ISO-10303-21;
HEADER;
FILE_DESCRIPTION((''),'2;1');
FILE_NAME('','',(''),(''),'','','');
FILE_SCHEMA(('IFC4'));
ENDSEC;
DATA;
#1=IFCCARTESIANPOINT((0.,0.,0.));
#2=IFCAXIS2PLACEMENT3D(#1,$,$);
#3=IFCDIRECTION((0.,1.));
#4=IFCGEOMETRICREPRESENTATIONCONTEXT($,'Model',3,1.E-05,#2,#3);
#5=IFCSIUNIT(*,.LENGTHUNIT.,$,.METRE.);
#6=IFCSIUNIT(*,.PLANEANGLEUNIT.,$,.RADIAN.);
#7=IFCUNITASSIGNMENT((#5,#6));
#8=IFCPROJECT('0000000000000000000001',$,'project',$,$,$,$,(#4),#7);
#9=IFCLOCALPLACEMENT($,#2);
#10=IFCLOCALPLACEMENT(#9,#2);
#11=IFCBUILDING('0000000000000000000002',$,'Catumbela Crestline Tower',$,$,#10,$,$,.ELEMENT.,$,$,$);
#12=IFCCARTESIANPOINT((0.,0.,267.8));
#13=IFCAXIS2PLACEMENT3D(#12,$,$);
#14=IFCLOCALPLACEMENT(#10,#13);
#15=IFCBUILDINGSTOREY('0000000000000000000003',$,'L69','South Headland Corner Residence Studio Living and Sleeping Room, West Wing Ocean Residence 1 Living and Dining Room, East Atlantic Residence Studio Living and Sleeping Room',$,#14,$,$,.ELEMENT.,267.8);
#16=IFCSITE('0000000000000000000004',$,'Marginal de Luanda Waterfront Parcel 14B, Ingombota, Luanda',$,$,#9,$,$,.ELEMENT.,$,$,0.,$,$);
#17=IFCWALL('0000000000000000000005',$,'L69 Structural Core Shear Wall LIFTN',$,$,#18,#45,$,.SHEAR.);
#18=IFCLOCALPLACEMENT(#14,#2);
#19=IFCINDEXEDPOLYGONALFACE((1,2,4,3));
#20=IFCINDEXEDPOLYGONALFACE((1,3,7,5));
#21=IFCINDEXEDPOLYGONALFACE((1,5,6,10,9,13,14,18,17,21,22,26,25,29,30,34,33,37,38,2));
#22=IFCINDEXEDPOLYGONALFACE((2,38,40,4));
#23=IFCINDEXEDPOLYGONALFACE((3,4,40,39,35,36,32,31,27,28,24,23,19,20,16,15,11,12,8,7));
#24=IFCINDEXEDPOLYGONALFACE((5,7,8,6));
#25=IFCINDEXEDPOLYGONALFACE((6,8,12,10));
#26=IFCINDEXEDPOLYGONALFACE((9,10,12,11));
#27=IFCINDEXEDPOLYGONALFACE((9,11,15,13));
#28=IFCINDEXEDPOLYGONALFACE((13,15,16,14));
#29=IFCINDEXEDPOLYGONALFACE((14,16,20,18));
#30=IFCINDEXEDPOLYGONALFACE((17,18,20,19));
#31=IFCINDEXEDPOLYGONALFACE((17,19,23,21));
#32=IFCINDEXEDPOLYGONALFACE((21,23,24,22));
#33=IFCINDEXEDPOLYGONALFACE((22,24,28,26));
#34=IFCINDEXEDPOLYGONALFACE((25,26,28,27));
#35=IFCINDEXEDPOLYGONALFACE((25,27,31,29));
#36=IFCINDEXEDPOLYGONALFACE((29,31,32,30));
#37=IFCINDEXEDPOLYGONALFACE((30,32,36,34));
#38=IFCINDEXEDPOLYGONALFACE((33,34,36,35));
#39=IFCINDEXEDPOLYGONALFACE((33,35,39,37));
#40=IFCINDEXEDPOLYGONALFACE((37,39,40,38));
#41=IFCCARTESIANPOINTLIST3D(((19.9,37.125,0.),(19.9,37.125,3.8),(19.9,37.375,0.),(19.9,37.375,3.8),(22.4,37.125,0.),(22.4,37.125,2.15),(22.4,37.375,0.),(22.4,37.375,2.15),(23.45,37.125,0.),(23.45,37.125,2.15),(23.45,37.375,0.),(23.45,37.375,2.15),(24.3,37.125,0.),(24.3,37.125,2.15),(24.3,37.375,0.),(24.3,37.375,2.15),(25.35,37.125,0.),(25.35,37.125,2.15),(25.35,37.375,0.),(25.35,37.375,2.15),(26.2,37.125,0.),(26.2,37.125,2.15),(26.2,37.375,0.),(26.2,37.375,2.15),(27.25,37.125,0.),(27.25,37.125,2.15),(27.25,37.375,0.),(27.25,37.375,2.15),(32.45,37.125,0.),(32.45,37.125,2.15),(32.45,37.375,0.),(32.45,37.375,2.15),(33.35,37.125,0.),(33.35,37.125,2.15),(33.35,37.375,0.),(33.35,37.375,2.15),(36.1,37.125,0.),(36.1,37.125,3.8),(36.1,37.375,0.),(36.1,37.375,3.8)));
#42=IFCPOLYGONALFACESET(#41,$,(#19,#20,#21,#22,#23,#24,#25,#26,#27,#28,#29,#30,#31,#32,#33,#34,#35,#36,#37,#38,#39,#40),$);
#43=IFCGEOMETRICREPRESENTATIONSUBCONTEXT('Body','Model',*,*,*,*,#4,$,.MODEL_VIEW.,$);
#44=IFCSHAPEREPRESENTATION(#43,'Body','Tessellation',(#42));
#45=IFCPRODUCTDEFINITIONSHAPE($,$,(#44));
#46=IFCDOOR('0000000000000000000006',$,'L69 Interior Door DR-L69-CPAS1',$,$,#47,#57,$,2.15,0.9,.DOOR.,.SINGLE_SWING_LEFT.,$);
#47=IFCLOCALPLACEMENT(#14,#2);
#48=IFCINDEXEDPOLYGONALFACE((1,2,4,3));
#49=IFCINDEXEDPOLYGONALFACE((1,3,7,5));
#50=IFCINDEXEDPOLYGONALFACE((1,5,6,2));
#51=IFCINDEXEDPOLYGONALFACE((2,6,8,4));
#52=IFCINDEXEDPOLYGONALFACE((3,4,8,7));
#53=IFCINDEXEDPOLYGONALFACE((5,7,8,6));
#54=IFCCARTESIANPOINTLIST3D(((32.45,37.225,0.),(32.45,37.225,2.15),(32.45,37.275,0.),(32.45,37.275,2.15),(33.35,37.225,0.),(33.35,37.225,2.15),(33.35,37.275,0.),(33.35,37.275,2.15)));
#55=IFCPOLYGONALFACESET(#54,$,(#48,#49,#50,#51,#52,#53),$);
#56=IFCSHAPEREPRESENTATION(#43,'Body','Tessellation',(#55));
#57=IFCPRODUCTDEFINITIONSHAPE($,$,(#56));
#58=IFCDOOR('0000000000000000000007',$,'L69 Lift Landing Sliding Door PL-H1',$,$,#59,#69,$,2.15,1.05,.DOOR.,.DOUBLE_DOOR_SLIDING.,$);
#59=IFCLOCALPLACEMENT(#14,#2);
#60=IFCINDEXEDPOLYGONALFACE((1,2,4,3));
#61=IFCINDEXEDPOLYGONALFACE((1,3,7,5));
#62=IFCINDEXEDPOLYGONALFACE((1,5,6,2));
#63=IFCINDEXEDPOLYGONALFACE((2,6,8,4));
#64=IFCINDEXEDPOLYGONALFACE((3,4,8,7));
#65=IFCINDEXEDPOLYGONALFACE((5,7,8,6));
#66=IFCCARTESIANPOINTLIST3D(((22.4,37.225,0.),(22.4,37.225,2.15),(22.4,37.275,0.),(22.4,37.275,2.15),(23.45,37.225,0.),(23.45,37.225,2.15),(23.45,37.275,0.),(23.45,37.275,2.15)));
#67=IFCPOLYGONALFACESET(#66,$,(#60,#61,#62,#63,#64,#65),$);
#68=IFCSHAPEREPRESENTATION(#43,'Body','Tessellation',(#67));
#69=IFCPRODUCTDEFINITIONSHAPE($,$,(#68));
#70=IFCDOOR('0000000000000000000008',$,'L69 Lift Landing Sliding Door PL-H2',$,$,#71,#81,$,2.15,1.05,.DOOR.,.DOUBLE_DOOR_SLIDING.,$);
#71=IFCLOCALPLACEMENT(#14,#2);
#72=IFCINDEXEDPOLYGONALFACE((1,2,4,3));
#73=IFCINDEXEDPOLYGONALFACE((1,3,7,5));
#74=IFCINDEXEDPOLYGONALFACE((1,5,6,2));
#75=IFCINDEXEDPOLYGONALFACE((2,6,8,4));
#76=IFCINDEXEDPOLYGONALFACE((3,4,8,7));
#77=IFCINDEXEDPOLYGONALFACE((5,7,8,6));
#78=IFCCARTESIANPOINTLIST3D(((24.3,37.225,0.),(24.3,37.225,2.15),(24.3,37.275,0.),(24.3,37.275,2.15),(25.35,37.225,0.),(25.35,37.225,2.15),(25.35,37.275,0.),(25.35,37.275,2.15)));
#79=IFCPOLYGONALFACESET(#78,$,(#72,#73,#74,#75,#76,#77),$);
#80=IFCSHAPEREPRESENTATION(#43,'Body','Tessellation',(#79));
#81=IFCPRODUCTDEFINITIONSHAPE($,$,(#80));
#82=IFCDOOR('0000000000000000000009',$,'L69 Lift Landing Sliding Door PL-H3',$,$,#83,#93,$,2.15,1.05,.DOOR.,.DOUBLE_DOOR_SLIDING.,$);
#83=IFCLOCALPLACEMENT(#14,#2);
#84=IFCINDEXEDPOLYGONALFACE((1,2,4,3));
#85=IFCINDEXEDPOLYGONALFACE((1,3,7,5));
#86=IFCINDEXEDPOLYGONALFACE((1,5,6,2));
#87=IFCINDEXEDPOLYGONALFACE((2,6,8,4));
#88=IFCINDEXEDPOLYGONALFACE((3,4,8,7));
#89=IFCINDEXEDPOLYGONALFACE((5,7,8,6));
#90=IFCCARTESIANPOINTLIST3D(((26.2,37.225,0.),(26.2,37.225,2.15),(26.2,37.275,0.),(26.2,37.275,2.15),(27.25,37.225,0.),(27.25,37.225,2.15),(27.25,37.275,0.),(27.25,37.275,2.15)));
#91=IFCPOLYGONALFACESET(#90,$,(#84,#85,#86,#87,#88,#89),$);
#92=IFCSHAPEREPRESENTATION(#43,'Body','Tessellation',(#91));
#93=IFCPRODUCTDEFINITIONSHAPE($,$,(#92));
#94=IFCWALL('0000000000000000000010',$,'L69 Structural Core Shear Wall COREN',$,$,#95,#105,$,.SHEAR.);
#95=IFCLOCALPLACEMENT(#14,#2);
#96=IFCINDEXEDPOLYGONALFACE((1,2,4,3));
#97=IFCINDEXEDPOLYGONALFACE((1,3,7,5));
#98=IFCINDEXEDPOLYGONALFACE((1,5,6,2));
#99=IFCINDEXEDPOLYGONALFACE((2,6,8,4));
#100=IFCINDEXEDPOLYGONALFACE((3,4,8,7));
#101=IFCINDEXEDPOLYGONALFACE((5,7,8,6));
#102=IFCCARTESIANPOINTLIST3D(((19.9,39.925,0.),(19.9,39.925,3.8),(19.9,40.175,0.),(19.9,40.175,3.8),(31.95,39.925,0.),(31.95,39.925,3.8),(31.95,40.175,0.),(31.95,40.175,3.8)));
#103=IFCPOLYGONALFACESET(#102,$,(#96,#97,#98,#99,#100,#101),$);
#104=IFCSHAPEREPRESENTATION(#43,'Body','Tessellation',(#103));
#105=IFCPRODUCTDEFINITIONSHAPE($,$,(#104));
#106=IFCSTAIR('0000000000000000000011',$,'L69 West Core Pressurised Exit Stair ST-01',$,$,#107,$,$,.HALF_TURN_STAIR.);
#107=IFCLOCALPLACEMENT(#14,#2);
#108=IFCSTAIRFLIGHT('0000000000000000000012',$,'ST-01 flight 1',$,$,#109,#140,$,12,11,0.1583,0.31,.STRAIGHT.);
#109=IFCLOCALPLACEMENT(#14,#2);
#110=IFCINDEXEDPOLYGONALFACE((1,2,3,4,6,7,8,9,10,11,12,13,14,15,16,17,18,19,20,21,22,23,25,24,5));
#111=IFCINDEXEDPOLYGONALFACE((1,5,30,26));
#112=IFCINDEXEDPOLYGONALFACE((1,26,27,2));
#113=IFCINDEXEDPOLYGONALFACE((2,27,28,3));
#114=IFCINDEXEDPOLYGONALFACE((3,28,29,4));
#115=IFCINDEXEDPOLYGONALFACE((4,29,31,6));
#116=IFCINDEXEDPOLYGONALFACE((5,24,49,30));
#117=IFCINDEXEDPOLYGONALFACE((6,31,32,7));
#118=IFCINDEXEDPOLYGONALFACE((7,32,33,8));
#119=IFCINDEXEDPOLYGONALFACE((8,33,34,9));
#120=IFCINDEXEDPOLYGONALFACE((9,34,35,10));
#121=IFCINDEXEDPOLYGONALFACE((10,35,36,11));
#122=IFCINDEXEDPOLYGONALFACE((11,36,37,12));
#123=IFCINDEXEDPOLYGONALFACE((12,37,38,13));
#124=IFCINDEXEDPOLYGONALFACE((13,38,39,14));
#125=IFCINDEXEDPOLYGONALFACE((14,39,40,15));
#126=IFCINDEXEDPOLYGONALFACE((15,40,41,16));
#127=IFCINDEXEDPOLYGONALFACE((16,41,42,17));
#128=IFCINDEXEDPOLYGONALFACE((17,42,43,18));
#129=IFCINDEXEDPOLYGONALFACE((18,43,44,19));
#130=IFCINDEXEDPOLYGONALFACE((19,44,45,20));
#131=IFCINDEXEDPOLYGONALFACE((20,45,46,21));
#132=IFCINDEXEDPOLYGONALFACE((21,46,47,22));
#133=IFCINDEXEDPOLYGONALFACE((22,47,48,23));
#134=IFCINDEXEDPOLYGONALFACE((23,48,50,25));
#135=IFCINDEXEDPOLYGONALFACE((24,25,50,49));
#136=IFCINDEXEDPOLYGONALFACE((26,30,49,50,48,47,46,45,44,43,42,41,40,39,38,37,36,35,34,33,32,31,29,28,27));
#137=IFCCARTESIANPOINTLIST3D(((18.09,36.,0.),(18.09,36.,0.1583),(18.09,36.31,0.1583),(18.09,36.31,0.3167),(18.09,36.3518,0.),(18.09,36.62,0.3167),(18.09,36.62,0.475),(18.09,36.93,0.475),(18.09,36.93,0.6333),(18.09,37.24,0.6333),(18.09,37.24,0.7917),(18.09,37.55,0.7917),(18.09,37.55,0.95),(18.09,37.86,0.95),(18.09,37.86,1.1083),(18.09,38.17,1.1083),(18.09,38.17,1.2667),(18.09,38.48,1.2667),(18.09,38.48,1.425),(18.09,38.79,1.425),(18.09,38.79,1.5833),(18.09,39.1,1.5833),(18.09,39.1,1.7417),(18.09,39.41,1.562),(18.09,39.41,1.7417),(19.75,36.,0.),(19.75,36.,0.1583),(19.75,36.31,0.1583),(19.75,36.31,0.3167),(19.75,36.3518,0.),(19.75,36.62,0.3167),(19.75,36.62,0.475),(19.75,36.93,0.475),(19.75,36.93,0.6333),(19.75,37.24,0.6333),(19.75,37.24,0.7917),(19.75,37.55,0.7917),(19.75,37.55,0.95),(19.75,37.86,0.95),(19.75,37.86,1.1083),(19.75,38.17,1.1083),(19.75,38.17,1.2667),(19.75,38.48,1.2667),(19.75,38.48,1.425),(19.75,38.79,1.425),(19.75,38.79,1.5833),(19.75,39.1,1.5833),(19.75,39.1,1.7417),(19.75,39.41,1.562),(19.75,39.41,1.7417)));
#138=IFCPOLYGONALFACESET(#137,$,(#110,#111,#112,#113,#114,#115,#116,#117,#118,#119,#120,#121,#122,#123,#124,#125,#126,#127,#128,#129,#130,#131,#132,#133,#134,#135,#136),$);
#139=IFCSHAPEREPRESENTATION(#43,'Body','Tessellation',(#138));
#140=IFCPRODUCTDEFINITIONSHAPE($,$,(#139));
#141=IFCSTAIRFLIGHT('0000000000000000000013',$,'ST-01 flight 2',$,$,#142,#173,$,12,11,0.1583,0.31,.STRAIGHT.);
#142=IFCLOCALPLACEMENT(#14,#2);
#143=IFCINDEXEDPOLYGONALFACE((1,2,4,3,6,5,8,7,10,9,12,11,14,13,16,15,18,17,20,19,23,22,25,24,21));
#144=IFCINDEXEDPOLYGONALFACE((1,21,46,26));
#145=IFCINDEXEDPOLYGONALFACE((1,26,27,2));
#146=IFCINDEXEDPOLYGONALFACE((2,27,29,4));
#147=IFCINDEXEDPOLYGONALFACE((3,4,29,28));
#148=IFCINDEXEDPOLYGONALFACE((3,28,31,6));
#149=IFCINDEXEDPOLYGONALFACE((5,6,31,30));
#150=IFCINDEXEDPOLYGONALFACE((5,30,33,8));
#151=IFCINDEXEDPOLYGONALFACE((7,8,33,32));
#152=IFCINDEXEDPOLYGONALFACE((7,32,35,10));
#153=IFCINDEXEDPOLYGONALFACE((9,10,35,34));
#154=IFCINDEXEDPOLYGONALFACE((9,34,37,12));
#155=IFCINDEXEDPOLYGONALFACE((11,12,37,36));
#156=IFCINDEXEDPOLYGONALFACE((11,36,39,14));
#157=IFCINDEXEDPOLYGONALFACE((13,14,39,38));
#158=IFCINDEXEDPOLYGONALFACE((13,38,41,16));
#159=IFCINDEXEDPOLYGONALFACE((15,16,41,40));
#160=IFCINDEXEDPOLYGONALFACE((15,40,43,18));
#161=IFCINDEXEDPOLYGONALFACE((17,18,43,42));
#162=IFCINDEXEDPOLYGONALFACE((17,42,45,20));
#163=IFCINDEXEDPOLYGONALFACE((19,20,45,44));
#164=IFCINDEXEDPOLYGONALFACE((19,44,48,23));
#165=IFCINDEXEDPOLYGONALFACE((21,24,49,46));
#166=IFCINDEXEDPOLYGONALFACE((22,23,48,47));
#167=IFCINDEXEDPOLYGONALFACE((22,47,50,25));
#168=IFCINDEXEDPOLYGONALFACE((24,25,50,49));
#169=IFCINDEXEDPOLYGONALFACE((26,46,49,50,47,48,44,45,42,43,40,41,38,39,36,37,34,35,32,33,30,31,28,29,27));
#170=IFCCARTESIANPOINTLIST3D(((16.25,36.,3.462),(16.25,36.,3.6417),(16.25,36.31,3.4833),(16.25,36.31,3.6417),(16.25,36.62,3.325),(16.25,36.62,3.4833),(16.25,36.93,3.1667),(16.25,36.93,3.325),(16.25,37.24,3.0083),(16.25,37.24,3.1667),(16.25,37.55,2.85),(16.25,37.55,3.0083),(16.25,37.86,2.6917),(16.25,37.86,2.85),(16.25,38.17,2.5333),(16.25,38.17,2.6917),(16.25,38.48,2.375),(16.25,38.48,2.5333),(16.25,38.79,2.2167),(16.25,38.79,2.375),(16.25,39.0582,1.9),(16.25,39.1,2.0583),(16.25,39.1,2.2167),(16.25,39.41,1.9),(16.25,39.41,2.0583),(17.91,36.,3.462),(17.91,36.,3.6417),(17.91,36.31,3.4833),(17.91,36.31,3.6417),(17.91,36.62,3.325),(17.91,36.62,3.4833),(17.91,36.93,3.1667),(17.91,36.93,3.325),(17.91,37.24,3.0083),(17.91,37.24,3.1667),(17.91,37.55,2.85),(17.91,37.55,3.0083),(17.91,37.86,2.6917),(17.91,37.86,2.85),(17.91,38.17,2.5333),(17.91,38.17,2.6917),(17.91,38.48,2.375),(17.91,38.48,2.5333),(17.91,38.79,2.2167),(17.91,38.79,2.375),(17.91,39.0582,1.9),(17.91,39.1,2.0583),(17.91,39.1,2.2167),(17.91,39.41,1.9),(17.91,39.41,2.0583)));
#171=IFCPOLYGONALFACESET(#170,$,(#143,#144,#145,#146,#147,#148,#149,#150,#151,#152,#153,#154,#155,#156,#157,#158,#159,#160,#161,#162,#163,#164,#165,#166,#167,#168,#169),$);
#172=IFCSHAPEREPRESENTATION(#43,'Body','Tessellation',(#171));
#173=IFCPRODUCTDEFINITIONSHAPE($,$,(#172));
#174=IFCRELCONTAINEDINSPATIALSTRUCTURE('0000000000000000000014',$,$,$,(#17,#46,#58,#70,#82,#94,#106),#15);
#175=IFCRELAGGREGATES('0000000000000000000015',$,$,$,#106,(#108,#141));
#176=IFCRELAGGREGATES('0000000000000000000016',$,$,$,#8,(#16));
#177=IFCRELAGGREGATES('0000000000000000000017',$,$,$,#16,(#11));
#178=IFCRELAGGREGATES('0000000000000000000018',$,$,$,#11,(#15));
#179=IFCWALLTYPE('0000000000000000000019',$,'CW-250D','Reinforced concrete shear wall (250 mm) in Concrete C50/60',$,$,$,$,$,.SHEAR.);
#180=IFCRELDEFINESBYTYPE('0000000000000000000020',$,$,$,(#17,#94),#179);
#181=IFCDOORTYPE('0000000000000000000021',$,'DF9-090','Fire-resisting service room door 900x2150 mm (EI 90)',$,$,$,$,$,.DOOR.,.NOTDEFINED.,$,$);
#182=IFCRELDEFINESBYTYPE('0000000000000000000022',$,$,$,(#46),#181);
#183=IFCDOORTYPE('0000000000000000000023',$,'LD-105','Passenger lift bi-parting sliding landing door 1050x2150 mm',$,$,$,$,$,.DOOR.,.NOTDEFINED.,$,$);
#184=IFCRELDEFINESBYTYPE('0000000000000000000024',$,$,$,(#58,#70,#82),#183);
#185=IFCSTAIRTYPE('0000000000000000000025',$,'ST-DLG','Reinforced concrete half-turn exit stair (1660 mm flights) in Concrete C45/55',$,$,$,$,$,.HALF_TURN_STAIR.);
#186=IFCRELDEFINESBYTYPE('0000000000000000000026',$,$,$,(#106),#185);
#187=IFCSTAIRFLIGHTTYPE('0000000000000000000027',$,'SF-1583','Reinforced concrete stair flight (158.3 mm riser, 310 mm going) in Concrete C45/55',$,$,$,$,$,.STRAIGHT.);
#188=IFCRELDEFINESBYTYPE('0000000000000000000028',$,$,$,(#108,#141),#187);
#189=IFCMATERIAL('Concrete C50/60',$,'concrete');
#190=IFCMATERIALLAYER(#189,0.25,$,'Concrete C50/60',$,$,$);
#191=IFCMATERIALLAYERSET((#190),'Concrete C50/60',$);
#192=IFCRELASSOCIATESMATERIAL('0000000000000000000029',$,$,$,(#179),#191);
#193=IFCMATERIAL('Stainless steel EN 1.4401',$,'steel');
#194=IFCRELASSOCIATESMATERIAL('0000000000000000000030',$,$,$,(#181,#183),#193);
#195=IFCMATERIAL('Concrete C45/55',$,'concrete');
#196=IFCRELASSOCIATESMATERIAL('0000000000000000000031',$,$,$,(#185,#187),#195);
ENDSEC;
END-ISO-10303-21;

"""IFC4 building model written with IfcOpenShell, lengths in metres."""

from ifc_helpers import new_model, si_unit, direction, frame, frame_2d, origin, place, context, subcontext, project, spatial, polyline, rectangle, outline, extrude, material, layer, layer_set, type_object, element, fill, aggregate, save


model = new_model("IFC4")

# Units and contexts
model_context = context("Model", 3, precision=1e-05, world=origin(), true_north=direction((0.0, 1.0)))
body_context = subcontext(model_context, "Body", "Model", "MODEL_VIEW")
ifc_project = project(units=[si_unit("LENGTHUNIT", "METRE"), si_unit("PLANEANGLEUNIT", "RADIAN")], contexts=[model_context])

# Site, building, storey
site_placement = place(None, origin())
site = spatial("IfcSite", under=ifc_project, at=site_placement, Name="Marginal de Luanda Waterfront Parcel 14B, Ingombota, Luanda", CompositionType="ELEMENT", RefElevation=0.0)
building_placement = place(site_placement, origin())
building = spatial("IfcBuilding", under=site, at=building_placement, Name="Catumbela Crestline Tower", CompositionType="ELEMENT")
storey_placement = place(building_placement, frame((0.0, 0.0, 267.8)))
storey = spatial("IfcBuildingStorey", under=building, at=storey_placement, Name="L69", Description="South Headland Corner Residence Studio Living and Sleeping Room, West Wing Ocean Residence 1 Living and Dining Room, East Atlantic Residence Studio Living and Sleeping Room", CompositionType="ELEMENT", Elevation=267.8)

# Shared definitions
ifc_material_1 = material(Name="Concrete C50/60", Category="concrete")
ifc_layer = layer(ifc_material_1, 0.25, Name="Concrete C50/60")
ifc_layer_set = layer_set([ifc_layer], Name="Concrete C50/60")
wall_type = type_object("IfcWallType", Name="CW-250D", Description="Reinforced concrete shear wall (250 mm) in Concrete C50/60", PredefinedType="SHEAR", material=ifc_layer_set)

# Shared definitions
ifc_material_2 = material(Name="Stainless steel EN 1.4401", Category="steel")

# Wall, openings, doors
wall_1_placement = place(storey_placement, frame((19.9, 37.25, 0.0), z_axis=(0.0, 0.0, 1.0), x_axis=(1.0, 0.0, 0.0)))
wall_1 = element("IfcWall", 1, at=wall_1_placement, inside=storey, type_object=wall_type, Name="L69 Structural Core Shear Wall LIFTN", PredefinedType="SHEAR", context=body_context, shape_type="SweptSolid", body=[
    extrude(rectangle(XDim=16.2, YDim=0.25, at=frame_2d((8.1, 0.0))), origin(), (0.0, 0.0, 1.0), 3.8),
])
opening_1_placement = place(wall_1_placement, frame((12.55, 0.0, 0.0)))
opening_1 = element("IfcOpeningElement", 2, at=opening_1_placement, cuts=wall_1, PredefinedType="OPENING", context=body_context, shape_type="SweptSolid", body=[
    extrude(rectangle(XDim=0.9, YDim=2.15, at=frame_2d((0.45, 1.075))), frame((0.0, 0.135, 0.0), z_axis=(0.0, -1.0, 0.0), x_axis=(1.0, 0.0, 0.0)), (0.0, 0.0, 1.0), 0.27),
])
opening_2_placement = place(wall_1_placement, frame((2.5, 0.0, 0.0)))
opening_2 = element("IfcOpeningElement", 3, at=opening_2_placement, cuts=wall_1, PredefinedType="OPENING", context=body_context, shape_type="SweptSolid", body=[
    extrude(rectangle(XDim=1.05, YDim=2.15, at=frame_2d((0.525, 1.075))), frame((0.0, 0.135, 0.0), z_axis=(0.0, -1.0, 0.0), x_axis=(1.0, 0.0, 0.0)), (0.0, 0.0, 1.0), 0.27),
])
opening_3_placement = place(wall_1_placement, frame((4.4, 0.0, 0.0)))
opening_3 = element("IfcOpeningElement", 4, at=opening_3_placement, cuts=wall_1, PredefinedType="OPENING", context=body_context, shape_type="SweptSolid", body=[
    extrude(rectangle(XDim=1.05, YDim=2.15, at=frame_2d((0.525, 1.075))), frame((0.0, 0.135, 0.0), z_axis=(0.0, -1.0, 0.0), x_axis=(1.0, 0.0, 0.0)), (0.0, 0.0, 1.0), 0.27),
])
opening_4_placement = place(wall_1_placement, frame((6.3, 0.0, 0.0)))
opening_4 = element("IfcOpeningElement", 5, at=opening_4_placement, cuts=wall_1, PredefinedType="OPENING", context=body_context, shape_type="SweptSolid", body=[
    extrude(rectangle(XDim=1.05, YDim=2.15, at=frame_2d((0.525, 1.075))), frame((0.0, 0.135, 0.0), z_axis=(0.0, -1.0, 0.0), x_axis=(1.0, 0.0, 0.0)), (0.0, 0.0, 1.0), 0.27),
])
door_type_1 = type_object("IfcDoorType", Name="DF9-090", Description="Fire-resisting service room door 900x2150 mm (EI 90)", OperationType="NOTDEFINED", PredefinedType="DOOR", material=ifc_material_2)
door_1_placement = place(opening_1_placement, origin())
door_1 = element("IfcDoor", 6, at=door_1_placement, inside=storey, type_object=door_type_1, Name="L69 Interior Door DR-L69-CPAS1", OperationType="SINGLE_SWING_LEFT", OverallHeight=2.15, OverallWidth=0.9, PredefinedType="DOOR", context=body_context, shape_type="SweptSolid", body=[
    extrude(rectangle(XDim=0.9, YDim=2.15, at=frame_2d((0.45, 1.075))), frame((0.0, 0.025, 0.0), z_axis=(0.0, -1.0, 0.0), x_axis=(1.0, 0.0, 0.0)), (0.0, 0.0, 1.0), 0.05),
])
fill(opening_1, door_1)
door_type_2 = type_object("IfcDoorType", Name="LD-105", Description="Passenger lift bi-parting sliding landing door 1050x2150 mm", OperationType="NOTDEFINED", PredefinedType="DOOR", material=ifc_material_2)
door_2_placement = place(opening_2_placement, origin())
door_2 = element("IfcDoor", 7, at=door_2_placement, inside=storey, type_object=door_type_2, Name="L69 Lift Landing Sliding Door PL-H1", OperationType="DOUBLE_DOOR_SLIDING", OverallHeight=2.15, OverallWidth=1.05, PredefinedType="DOOR", context=body_context, shape_type="SweptSolid", body=[
    extrude(rectangle(XDim=1.05, YDim=2.15, at=frame_2d((0.525, 1.075))), frame((0.0, 0.025, 0.0), z_axis=(0.0, -1.0, 0.0), x_axis=(1.0, 0.0, 0.0)), (0.0, 0.0, 1.0), 0.05),
])
fill(opening_2, door_2)
door_3_placement = place(opening_3_placement, origin())
door_3 = element("IfcDoor", 8, at=door_3_placement, inside=storey, type_object=door_type_2, Name="L69 Lift Landing Sliding Door PL-H2", OperationType="DOUBLE_DOOR_SLIDING", OverallHeight=2.15, OverallWidth=1.05, PredefinedType="DOOR", context=body_context, shape_type="SweptSolid", body=[
    extrude(rectangle(XDim=1.05, YDim=2.15, at=frame_2d((0.525, 1.075))), frame((0.0, 0.025, 0.0), z_axis=(0.0, -1.0, 0.0), x_axis=(1.0, 0.0, 0.0)), (0.0, 0.0, 1.0), 0.05),
])
fill(opening_3, door_3)
door_4_placement = place(opening_4_placement, origin())
door_4 = element("IfcDoor", 9, at=door_4_placement, inside=storey, type_object=door_type_2, Name="L69 Lift Landing Sliding Door PL-H3", OperationType="DOUBLE_DOOR_SLIDING", OverallHeight=2.15, OverallWidth=1.05, PredefinedType="DOOR", context=body_context, shape_type="SweptSolid", body=[
    extrude(rectangle(XDim=1.05, YDim=2.15, at=frame_2d((0.525, 1.075))), frame((0.0, 0.025, 0.0), z_axis=(0.0, -1.0, 0.0), x_axis=(1.0, 0.0, 0.0)), (0.0, 0.0, 1.0), 0.05),
])
fill(opening_4, door_4)

# Wall
wall_2_placement = place(storey_placement, frame((19.9, 40.05, 0.0), z_axis=(0.0, 0.0, 1.0), x_axis=(1.0, 0.0, 0.0)))
element("IfcWall", 10, at=wall_2_placement, inside=storey, type_object=wall_type, Name="L69 Structural Core Shear Wall COREN", PredefinedType="SHEAR", context=body_context, shape_type="SweptSolid", body=[
    extrude(rectangle(XDim=12.05, YDim=0.25, at=frame_2d((6.025, 0.0))), origin(), (0.0, 0.0, 1.0), 3.8),
])

# Stair, stair flights
ifc_material_3 = material(Name="Concrete C45/55", Category="concrete")
stair_type = type_object("IfcStairType", Name="ST-DLG", Description="Reinforced concrete half-turn exit stair (1660 mm flights) in Concrete C45/55", PredefinedType="HALF_TURN_STAIR", material=ifc_material_3)
stair_placement = place(storey_placement, origin())
stair = element("IfcStair", 11, at=stair_placement, inside=storey, type_object=stair_type, Name="L69 West Core Pressurised Exit Stair ST-01", PredefinedType="HALF_TURN_STAIR")
stair_flight_type = type_object("IfcStairFlightType", Name="SF-1583", Description="Reinforced concrete stair flight (158.3 mm riser, 310 mm going) in Concrete C45/55", PredefinedType="STRAIGHT", material=ifc_material_3)
stair_flight_1_placement = place(storey_placement, frame((18.92, 36.0, 0.0), z_axis=(0.0, 0.0, 1.0), x_axis=(0.0, 1.0, 0.0)))
stair_flight_1 = element("IfcStairFlight", 12, at=stair_flight_1_placement, type_object=stair_flight_type, Name="ST-01 flight 1", NumberOfRisers=12, NumberOfTreads=11, PredefinedType="STRAIGHT", RiserHeight=0.1583, TreadLength=0.31, context=body_context, shape_type="SweptSolid", body=[
    extrude(outline(polyline([(0.0, 0.0), (0.0, 0.1583), (0.31, 0.1583), (0.31, 0.3167), (0.62, 0.3167), (0.62, 0.475), (0.93, 0.475), (0.93, 0.6333), (1.24, 0.6333), (1.24, 0.7917), (1.55, 0.7917), (1.55, 0.95), (1.86, 0.95), (1.86, 1.1083), (2.17, 1.1083), (2.17, 1.2667), (2.48, 1.2667), (2.48, 1.425), (2.79, 1.425), (2.79, 1.5833), (3.1, 1.5833), (3.1, 1.7417), (3.41, 1.7417), (3.41, 1.9), (3.41, 1.562), (0.3518, 0.0), (0.0, 0.0)])), frame((0.0, 0.83, 0.0), z_axis=(0.0, -1.0, 0.0), x_axis=(1.0, 0.0, 0.0)), (0.0, 0.0, 1.0), 1.66),
])
stair_flight_2_placement = place(storey_placement, frame((17.08, 39.41, 1.9), z_axis=(0.0, 0.0, 1.0), x_axis=(0.0, -1.0, 0.0)))
stair_flight_2 = element("IfcStairFlight", 13, at=stair_flight_2_placement, type_object=stair_flight_type, Name="ST-01 flight 2", NumberOfRisers=12, NumberOfTreads=11, PredefinedType="STRAIGHT", RiserHeight=0.1583, TreadLength=0.31, context=body_context, shape_type="SweptSolid", body=[
    extrude(outline(polyline([(0.0, 0.0), (0.0, 0.1583), (0.31, 0.1583), (0.31, 0.3167), (0.62, 0.3167), (0.62, 0.475), (0.93, 0.475), (0.93, 0.6333), (1.24, 0.6333), (1.24, 0.7917), (1.55, 0.7917), (1.55, 0.95), (1.86, 0.95), (1.86, 1.1083), (2.17, 1.1083), (2.17, 1.2667), (2.48, 1.2667), (2.48, 1.425), (2.79, 1.425), (2.79, 1.5833), (3.1, 1.5833), (3.1, 1.7417), (3.41, 1.7417), (3.41, 1.9), (3.41, 1.562), (0.3518, 0.0), (0.0, 0.0)])), frame((0.0, 0.83, 0.0), z_axis=(0.0, -1.0, 0.0), x_axis=(1.0, 0.0, 0.0)), (0.0, 0.0, 1.0), 1.66),
])
aggregate(stair, [stair_flight_1, stair_flight_2])

save(model, "model.ifc")
